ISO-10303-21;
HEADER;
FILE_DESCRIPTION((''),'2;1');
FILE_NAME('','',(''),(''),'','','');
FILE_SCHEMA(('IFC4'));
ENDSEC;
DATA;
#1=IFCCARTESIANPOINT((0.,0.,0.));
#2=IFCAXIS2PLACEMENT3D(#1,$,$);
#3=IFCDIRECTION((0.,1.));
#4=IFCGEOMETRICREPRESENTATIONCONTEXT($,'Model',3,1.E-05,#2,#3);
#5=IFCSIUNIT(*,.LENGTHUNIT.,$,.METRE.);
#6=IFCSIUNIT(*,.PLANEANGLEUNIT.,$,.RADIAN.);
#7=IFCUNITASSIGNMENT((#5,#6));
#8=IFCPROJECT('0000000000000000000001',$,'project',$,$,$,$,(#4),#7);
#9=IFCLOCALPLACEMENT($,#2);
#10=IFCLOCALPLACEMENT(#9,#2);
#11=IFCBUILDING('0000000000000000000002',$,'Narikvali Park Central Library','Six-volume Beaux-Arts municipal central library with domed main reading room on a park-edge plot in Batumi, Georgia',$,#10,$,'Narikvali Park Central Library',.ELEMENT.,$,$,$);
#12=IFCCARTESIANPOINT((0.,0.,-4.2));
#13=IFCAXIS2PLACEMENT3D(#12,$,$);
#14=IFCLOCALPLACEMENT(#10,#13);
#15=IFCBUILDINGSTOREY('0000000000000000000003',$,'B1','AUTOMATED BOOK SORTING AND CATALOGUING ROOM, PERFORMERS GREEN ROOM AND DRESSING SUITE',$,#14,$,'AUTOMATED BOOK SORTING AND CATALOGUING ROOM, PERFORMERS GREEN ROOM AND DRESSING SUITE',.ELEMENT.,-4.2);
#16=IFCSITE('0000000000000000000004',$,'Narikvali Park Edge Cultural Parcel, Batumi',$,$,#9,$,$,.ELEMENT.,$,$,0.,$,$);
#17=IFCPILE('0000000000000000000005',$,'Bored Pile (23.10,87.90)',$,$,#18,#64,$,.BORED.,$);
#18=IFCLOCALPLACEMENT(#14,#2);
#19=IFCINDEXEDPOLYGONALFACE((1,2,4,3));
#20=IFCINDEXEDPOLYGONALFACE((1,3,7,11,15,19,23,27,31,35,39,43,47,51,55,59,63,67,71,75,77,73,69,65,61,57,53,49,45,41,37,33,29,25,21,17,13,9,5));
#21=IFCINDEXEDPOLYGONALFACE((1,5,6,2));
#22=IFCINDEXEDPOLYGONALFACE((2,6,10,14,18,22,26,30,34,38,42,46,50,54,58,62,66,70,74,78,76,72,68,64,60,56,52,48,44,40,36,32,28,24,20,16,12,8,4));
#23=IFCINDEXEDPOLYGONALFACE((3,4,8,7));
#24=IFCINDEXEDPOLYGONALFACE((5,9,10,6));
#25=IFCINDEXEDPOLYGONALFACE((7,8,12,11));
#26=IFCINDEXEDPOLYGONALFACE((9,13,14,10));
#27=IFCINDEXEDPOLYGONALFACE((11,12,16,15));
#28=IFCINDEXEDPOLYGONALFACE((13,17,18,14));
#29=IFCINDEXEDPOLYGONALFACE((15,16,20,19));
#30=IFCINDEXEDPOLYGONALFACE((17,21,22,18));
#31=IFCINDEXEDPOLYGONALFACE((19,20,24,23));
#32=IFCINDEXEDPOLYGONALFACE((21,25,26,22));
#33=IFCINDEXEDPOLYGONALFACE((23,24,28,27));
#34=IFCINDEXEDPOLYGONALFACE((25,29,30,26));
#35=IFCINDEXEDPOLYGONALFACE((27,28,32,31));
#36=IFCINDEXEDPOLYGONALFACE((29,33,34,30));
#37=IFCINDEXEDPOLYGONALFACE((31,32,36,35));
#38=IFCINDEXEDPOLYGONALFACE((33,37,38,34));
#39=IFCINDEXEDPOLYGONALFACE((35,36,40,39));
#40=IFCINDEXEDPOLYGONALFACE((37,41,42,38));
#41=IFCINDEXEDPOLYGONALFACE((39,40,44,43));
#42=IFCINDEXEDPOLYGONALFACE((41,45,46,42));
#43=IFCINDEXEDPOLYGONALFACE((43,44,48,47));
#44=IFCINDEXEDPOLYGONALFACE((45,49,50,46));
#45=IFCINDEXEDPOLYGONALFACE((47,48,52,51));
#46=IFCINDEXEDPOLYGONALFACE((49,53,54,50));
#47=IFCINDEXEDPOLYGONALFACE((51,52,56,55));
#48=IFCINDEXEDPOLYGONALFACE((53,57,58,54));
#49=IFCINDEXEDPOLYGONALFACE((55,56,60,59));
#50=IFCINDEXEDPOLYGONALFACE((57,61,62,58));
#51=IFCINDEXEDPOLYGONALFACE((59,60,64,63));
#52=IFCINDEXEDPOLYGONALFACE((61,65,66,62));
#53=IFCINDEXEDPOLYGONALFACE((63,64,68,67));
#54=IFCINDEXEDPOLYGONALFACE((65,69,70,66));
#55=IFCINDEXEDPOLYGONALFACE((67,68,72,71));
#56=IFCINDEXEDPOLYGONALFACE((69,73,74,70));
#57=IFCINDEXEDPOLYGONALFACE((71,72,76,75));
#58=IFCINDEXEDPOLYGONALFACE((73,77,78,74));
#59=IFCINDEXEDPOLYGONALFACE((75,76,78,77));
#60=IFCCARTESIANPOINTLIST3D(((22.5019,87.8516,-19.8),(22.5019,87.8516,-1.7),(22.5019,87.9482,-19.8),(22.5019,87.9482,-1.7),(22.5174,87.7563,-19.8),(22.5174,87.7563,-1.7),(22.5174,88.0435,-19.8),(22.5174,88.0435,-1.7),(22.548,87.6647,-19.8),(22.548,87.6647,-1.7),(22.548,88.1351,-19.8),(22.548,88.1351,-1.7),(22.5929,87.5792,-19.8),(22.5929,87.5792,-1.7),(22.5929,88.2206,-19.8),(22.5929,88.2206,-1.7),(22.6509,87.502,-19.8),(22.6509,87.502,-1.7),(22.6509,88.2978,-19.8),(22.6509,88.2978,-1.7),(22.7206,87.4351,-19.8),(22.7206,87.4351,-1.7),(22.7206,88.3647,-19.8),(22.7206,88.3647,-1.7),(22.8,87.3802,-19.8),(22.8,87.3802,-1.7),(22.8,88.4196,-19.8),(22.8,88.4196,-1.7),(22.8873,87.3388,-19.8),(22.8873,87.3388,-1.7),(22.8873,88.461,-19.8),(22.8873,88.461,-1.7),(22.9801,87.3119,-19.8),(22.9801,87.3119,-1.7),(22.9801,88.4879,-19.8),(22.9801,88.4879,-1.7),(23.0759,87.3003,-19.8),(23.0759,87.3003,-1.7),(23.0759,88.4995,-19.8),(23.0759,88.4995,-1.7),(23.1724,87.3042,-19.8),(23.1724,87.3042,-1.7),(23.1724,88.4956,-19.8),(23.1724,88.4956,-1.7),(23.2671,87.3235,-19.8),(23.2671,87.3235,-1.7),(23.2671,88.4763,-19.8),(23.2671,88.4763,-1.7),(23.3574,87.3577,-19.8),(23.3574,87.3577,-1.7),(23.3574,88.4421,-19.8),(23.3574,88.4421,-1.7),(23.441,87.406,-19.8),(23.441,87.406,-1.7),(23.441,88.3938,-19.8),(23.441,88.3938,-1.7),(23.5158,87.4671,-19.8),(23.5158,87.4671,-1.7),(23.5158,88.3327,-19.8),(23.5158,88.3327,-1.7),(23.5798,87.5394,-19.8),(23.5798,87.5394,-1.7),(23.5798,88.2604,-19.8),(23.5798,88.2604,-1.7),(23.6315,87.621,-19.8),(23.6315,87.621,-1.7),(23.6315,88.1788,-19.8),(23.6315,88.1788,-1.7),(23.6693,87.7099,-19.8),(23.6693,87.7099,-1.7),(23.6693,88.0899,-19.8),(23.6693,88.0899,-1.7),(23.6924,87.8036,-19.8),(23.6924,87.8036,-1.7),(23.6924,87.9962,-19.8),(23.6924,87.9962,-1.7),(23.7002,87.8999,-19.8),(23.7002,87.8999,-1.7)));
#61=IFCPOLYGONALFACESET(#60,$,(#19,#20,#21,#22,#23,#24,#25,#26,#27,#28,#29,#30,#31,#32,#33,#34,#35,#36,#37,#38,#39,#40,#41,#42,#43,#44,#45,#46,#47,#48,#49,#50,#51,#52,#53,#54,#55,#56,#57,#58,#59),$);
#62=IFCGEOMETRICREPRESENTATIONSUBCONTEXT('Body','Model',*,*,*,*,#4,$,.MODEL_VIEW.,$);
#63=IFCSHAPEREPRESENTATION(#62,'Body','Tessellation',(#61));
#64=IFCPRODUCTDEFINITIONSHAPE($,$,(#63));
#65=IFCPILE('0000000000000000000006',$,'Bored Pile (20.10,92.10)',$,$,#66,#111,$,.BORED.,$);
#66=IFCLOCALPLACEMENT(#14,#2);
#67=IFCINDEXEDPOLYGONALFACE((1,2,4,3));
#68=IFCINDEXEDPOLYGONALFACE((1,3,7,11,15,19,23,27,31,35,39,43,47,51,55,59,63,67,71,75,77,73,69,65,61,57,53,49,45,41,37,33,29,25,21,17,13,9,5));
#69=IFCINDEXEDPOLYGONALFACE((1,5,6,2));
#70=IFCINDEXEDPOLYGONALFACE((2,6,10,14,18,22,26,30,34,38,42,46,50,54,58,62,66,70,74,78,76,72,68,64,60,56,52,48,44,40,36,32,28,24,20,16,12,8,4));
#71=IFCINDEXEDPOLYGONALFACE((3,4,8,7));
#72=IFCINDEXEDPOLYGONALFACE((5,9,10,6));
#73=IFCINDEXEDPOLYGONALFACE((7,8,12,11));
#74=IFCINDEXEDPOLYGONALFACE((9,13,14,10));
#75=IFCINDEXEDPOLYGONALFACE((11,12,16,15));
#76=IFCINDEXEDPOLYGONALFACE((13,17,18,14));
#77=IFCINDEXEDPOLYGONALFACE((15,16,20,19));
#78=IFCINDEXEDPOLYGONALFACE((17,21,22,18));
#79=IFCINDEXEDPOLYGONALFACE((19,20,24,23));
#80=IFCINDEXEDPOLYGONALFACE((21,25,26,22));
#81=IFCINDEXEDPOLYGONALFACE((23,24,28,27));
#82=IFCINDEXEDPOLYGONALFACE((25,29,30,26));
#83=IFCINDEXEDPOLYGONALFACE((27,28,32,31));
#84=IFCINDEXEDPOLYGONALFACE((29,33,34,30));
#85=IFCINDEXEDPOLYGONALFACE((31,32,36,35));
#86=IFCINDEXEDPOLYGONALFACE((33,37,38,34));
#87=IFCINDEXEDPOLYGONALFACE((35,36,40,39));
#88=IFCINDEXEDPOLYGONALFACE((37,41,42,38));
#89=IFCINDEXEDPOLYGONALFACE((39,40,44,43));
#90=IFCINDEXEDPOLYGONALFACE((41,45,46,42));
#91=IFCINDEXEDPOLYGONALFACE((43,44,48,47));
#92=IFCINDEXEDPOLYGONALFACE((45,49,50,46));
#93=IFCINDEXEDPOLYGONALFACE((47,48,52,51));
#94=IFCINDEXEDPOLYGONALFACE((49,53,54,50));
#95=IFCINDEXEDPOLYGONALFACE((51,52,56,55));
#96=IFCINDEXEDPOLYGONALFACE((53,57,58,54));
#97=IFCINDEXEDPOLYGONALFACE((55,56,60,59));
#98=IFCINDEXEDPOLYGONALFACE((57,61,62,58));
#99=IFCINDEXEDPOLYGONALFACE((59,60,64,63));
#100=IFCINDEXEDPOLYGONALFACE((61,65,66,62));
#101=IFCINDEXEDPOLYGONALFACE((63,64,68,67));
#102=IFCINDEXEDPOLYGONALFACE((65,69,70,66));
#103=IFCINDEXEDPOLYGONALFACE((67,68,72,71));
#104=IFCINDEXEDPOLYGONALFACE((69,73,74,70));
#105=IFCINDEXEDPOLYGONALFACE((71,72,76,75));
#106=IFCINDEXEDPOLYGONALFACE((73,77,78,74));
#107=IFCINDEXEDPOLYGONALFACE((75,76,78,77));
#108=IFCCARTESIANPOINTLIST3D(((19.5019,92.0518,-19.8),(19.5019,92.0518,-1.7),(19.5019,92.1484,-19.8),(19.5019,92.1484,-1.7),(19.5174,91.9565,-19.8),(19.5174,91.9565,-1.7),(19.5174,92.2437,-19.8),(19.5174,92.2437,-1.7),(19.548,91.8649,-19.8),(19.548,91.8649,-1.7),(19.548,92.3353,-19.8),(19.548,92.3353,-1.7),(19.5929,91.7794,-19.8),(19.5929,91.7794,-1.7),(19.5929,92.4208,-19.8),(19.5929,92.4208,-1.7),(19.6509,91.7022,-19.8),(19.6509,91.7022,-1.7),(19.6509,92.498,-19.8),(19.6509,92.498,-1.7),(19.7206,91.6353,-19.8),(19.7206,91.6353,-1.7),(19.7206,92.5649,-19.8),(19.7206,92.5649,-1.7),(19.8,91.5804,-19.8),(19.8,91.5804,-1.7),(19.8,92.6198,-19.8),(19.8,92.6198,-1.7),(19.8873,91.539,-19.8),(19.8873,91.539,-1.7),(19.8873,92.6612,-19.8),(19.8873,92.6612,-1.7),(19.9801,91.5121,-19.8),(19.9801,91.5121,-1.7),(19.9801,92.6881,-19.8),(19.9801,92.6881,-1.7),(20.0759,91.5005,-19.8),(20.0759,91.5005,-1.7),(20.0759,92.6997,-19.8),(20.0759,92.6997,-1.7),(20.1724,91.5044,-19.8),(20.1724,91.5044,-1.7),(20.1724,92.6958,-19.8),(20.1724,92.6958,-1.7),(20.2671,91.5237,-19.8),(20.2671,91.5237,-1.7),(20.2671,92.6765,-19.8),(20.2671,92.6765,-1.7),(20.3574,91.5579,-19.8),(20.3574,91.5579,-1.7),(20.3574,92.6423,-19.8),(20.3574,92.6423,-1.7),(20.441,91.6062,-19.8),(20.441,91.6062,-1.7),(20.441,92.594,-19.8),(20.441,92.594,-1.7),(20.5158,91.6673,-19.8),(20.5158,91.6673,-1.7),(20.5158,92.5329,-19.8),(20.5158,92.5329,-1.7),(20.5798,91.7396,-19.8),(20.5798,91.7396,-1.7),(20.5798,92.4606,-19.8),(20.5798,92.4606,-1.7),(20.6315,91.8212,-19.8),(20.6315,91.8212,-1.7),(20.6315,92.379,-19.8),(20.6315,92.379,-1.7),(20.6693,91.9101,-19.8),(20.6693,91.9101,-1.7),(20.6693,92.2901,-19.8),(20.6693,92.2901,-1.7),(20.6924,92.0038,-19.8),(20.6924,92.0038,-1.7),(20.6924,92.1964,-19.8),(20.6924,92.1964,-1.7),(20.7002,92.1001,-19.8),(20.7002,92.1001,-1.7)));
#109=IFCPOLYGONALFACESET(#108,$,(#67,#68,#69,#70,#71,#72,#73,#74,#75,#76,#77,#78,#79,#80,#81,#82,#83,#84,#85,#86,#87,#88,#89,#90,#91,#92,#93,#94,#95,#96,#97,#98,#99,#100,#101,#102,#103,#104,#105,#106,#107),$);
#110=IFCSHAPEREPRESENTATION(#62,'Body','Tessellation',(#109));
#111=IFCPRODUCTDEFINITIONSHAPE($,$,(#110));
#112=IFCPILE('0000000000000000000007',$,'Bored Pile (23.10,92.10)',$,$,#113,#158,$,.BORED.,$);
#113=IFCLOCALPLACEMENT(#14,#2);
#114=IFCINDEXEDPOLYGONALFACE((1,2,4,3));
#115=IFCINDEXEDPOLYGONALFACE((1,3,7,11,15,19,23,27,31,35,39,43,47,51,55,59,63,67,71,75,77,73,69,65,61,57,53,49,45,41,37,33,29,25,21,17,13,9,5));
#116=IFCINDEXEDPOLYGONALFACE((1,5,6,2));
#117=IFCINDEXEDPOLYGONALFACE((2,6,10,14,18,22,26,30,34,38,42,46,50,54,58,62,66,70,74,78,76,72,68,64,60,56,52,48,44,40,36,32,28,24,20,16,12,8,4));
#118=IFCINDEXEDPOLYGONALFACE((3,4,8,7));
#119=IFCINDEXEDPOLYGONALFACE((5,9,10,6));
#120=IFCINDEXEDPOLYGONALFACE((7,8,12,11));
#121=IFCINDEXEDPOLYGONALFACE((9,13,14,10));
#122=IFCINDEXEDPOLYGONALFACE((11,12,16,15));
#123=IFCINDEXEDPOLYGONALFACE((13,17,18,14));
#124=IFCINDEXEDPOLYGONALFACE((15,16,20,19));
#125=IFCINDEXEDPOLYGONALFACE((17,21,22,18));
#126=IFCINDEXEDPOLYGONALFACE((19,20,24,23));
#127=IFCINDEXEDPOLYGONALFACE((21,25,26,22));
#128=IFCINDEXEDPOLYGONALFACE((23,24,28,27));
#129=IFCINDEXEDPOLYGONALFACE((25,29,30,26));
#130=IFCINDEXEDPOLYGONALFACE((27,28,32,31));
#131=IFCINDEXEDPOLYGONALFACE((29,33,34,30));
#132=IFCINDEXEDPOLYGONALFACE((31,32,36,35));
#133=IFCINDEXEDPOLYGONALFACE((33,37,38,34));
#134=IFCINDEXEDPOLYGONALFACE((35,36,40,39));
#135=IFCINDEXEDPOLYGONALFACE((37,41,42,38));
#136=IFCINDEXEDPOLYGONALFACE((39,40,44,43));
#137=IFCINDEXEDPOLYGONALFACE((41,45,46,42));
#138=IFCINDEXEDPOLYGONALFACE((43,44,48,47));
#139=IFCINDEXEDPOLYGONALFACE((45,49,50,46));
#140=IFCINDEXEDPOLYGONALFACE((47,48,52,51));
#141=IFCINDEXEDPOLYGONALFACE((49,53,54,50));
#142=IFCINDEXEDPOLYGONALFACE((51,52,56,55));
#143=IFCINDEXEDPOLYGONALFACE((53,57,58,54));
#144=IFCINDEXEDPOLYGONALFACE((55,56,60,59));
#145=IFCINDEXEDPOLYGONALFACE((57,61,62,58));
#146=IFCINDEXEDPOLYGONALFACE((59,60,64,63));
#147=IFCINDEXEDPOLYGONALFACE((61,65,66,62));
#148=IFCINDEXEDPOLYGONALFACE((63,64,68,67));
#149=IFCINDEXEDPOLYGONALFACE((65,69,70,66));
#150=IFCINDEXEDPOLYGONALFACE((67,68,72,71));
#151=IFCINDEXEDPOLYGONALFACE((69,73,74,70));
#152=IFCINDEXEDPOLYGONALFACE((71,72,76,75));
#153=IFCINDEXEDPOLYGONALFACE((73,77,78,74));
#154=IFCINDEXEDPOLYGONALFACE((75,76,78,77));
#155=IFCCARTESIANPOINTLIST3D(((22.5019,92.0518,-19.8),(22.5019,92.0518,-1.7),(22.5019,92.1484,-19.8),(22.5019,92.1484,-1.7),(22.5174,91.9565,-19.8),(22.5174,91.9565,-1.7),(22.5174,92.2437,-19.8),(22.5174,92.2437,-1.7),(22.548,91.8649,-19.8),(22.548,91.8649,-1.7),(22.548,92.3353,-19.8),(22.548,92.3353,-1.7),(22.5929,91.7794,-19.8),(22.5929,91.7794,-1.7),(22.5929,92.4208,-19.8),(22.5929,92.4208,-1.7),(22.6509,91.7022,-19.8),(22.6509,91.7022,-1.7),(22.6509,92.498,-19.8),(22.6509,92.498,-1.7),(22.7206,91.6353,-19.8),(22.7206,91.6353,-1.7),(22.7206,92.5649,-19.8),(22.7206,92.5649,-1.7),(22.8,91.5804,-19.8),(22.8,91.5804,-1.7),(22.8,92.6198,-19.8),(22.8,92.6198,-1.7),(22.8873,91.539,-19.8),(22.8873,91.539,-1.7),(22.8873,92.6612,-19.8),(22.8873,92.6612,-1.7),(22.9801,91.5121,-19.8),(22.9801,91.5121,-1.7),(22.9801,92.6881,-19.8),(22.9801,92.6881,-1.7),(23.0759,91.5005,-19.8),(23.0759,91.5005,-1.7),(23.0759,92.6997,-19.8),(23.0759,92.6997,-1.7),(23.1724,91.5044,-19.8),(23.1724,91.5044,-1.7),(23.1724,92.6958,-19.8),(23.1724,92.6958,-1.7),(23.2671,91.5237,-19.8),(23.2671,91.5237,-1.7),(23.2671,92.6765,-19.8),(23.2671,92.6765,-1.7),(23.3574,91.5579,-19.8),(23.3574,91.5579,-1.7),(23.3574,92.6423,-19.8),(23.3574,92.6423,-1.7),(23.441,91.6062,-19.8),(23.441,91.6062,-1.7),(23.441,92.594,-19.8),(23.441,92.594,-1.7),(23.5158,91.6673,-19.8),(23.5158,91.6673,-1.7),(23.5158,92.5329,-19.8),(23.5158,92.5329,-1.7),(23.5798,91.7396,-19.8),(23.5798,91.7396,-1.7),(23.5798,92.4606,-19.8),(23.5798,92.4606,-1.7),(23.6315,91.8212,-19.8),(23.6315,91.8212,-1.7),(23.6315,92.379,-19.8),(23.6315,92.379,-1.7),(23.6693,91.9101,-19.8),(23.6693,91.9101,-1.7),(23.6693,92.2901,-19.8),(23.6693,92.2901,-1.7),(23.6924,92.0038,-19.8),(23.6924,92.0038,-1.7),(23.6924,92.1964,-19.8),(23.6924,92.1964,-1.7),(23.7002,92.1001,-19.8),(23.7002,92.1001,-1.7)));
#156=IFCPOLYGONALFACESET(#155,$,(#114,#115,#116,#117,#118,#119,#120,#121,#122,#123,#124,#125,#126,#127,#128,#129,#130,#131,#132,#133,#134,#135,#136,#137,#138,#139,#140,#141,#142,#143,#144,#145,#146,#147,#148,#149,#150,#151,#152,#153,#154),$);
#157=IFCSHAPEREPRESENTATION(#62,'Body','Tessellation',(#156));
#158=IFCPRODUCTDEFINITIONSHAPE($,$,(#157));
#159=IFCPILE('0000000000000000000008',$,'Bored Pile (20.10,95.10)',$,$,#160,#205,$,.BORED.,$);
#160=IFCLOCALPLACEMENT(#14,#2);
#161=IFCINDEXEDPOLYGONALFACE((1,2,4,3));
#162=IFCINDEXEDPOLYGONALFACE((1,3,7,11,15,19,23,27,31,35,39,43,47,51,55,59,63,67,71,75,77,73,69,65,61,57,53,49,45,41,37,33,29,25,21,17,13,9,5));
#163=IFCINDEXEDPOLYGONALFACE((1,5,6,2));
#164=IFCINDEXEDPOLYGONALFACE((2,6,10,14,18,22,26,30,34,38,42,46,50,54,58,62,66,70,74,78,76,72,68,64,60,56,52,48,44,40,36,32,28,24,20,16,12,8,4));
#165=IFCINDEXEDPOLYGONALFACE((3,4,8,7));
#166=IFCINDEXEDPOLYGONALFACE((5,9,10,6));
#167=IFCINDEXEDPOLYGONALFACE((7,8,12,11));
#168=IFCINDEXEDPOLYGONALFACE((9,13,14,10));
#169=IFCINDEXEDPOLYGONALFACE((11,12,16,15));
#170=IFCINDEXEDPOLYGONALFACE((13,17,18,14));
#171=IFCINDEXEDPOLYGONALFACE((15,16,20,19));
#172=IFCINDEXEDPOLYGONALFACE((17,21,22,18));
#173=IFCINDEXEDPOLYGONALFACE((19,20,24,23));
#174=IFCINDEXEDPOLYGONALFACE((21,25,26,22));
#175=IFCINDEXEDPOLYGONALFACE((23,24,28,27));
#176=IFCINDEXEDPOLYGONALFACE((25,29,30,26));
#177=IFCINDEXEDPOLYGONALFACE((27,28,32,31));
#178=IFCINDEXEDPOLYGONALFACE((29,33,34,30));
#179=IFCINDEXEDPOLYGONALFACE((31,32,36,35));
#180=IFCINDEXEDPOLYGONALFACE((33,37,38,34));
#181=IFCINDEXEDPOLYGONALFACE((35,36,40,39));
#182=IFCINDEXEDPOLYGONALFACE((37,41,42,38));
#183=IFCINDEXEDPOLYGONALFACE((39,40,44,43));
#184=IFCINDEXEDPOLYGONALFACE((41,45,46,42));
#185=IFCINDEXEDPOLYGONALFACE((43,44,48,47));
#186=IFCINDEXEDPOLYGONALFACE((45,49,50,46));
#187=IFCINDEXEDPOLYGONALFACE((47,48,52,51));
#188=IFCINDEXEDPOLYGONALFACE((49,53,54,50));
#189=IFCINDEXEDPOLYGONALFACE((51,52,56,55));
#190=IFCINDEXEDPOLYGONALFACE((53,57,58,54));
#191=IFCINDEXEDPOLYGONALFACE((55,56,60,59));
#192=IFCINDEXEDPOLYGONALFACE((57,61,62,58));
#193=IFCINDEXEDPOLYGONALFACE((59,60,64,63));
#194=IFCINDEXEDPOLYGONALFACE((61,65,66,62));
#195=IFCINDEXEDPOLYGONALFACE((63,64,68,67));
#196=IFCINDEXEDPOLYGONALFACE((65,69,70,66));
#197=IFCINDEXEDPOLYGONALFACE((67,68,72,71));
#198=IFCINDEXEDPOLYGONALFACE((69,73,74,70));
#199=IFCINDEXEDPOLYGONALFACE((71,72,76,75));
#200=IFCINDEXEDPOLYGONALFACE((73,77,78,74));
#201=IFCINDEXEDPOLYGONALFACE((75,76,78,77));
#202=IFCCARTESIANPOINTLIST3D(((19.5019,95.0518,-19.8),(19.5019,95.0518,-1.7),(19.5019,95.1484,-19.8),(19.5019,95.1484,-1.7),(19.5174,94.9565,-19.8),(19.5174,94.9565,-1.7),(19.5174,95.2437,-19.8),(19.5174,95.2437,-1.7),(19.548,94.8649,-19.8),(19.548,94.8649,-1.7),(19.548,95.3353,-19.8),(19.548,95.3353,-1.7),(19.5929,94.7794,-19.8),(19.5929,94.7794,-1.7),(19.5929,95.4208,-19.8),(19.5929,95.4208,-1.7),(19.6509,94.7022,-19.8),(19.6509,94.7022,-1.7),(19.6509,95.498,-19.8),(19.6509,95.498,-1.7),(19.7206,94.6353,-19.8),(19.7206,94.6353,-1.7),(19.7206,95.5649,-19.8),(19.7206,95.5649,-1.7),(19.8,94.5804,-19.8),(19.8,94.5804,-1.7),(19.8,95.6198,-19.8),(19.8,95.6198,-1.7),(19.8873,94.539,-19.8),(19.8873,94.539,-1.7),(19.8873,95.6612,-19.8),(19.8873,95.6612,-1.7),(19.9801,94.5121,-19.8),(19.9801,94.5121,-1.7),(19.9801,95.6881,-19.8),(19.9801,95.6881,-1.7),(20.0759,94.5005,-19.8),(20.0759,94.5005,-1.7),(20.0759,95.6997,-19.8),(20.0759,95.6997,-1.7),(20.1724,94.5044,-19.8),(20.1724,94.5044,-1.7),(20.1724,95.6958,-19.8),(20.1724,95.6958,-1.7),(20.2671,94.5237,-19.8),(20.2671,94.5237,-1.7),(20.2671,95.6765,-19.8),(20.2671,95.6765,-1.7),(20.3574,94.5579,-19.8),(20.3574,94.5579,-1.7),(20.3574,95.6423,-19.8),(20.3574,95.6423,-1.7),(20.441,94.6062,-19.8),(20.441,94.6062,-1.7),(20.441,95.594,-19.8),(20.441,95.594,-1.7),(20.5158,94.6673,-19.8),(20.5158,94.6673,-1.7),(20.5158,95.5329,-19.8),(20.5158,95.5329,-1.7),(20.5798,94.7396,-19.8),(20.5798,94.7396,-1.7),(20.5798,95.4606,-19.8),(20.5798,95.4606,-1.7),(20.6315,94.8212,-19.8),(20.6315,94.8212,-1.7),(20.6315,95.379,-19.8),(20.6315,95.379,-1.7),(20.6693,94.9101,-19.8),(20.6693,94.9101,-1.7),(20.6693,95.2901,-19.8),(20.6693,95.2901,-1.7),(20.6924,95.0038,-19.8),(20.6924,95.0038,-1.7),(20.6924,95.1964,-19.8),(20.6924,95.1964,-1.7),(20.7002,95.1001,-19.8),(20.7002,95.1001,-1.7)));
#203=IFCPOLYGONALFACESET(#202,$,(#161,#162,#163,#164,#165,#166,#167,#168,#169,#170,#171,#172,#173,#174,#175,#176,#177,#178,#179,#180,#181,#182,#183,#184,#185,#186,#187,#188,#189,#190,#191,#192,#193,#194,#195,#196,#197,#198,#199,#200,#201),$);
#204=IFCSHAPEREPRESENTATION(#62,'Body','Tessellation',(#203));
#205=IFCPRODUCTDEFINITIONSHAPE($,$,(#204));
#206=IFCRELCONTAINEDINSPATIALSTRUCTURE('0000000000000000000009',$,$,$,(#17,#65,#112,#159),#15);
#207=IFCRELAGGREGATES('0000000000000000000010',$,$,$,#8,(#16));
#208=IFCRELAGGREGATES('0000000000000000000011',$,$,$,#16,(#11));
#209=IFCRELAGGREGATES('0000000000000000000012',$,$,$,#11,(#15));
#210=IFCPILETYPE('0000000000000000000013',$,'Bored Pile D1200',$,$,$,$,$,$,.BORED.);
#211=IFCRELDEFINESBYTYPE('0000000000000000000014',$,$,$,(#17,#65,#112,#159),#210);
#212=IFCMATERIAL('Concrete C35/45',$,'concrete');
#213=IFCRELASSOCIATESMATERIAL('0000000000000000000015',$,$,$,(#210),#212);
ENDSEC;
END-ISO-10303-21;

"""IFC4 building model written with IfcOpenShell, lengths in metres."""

from ifc_helpers import new_model, si_unit, direction, frame, origin, origin_2d, place, context, subcontext, project, spatial, circle, extrude, material, material_profile, profile_set, type_object, element, save


model = new_model("IFC4")

# Units and contexts
model_context = context("Model", 3, precision=1e-05, world=origin(), true_north=direction((0.0, 1.0)))
body_context = subcontext(model_context, "Body", "Model", "MODEL_VIEW")
ifc_project = project(units=[si_unit("LENGTHUNIT", "METRE"), si_unit("PLANEANGLEUNIT", "RADIAN")], contexts=[model_context])

# Site, building, storey
site_placement = place(None, origin())
site = spatial("IfcSite", under=ifc_project, at=site_placement, Name="Narikvali Park Edge Cultural Parcel, Batumi", CompositionType="ELEMENT", RefElevation=0.0)
building_placement = place(site_placement, origin())
building = spatial("IfcBuilding", under=site, at=building_placement, Name="Narikvali Park Central Library", Description="Six-volume Beaux-Arts municipal central library with domed main reading room on a park-edge plot in Batumi, Georgia", LongName="Narikvali Park Central Library", CompositionType="ELEMENT")
storey_placement = place(building_placement, frame((0.0, 0.0, -4.2)))
storey = spatial("IfcBuildingStorey", under=building, at=storey_placement, Name="B1", Description="AUTOMATED BOOK SORTING AND CATALOGUING ROOM, PERFORMERS GREEN ROOM AND DRESSING SUITE", LongName="AUTOMATED BOOK SORTING AND CATALOGUING ROOM, PERFORMERS GREEN ROOM AND DRESSING SUITE", CompositionType="ELEMENT", Elevation=-4.2)

# Piles
ifc_material_1 = material(Name="Concrete C35/45", Category="concrete")
ifc_material_profile_1 = material_profile(ifc_material_1, circle(Radius=0.6001, at=origin_2d()), Name="PILE D1200")
ifc_profile_set_1 = profile_set([ifc_material_profile_1], Name="Concrete C35/45")
pile_type_1 = type_object("IfcPileType", Name="Bored Pile D1200", PredefinedType="BORED", material=ifc_profile_set_1)
for number, where, z_axis, x_axis, name in (
    (1, (23.1001, 87.8999, -1.7), (0.0, 0.0, -1.0), (1.0, 0.0, 0.0), "Bored Pile (23.10,87.90)"),
    (2, (20.1001, 92.1001, -1.7), (0.0, 0.0, -1.0), (1.0, 0.0, 0.0), "Bored Pile (20.10,92.10)"),
    (3, (23.1001, 92.1001, -1.7), (0.0, 0.0, -1.0), (1.0, 0.0, 0.0), "Bored Pile (23.10,92.10)"),
    (4, (20.1001, 95.1001, -1.7), (0.0, 0.0, -1.0), (1.0, 0.0, 0.0), "Bored Pile (20.10,95.10)"),
):
    element("IfcPile", number, at=place(storey_placement, frame(where, z_axis=z_axis, x_axis=x_axis)), inside=storey, type_object=pile_type_1, Name=name, PredefinedType="BORED", context=body_context, shape_type="SweptSolid", body=[
        extrude(circle(Radius=0.6001, at=origin_2d()), origin(), (0.0, 0.0, 1.0), 18.1001),
    ])

save(model, "model.ifc")
